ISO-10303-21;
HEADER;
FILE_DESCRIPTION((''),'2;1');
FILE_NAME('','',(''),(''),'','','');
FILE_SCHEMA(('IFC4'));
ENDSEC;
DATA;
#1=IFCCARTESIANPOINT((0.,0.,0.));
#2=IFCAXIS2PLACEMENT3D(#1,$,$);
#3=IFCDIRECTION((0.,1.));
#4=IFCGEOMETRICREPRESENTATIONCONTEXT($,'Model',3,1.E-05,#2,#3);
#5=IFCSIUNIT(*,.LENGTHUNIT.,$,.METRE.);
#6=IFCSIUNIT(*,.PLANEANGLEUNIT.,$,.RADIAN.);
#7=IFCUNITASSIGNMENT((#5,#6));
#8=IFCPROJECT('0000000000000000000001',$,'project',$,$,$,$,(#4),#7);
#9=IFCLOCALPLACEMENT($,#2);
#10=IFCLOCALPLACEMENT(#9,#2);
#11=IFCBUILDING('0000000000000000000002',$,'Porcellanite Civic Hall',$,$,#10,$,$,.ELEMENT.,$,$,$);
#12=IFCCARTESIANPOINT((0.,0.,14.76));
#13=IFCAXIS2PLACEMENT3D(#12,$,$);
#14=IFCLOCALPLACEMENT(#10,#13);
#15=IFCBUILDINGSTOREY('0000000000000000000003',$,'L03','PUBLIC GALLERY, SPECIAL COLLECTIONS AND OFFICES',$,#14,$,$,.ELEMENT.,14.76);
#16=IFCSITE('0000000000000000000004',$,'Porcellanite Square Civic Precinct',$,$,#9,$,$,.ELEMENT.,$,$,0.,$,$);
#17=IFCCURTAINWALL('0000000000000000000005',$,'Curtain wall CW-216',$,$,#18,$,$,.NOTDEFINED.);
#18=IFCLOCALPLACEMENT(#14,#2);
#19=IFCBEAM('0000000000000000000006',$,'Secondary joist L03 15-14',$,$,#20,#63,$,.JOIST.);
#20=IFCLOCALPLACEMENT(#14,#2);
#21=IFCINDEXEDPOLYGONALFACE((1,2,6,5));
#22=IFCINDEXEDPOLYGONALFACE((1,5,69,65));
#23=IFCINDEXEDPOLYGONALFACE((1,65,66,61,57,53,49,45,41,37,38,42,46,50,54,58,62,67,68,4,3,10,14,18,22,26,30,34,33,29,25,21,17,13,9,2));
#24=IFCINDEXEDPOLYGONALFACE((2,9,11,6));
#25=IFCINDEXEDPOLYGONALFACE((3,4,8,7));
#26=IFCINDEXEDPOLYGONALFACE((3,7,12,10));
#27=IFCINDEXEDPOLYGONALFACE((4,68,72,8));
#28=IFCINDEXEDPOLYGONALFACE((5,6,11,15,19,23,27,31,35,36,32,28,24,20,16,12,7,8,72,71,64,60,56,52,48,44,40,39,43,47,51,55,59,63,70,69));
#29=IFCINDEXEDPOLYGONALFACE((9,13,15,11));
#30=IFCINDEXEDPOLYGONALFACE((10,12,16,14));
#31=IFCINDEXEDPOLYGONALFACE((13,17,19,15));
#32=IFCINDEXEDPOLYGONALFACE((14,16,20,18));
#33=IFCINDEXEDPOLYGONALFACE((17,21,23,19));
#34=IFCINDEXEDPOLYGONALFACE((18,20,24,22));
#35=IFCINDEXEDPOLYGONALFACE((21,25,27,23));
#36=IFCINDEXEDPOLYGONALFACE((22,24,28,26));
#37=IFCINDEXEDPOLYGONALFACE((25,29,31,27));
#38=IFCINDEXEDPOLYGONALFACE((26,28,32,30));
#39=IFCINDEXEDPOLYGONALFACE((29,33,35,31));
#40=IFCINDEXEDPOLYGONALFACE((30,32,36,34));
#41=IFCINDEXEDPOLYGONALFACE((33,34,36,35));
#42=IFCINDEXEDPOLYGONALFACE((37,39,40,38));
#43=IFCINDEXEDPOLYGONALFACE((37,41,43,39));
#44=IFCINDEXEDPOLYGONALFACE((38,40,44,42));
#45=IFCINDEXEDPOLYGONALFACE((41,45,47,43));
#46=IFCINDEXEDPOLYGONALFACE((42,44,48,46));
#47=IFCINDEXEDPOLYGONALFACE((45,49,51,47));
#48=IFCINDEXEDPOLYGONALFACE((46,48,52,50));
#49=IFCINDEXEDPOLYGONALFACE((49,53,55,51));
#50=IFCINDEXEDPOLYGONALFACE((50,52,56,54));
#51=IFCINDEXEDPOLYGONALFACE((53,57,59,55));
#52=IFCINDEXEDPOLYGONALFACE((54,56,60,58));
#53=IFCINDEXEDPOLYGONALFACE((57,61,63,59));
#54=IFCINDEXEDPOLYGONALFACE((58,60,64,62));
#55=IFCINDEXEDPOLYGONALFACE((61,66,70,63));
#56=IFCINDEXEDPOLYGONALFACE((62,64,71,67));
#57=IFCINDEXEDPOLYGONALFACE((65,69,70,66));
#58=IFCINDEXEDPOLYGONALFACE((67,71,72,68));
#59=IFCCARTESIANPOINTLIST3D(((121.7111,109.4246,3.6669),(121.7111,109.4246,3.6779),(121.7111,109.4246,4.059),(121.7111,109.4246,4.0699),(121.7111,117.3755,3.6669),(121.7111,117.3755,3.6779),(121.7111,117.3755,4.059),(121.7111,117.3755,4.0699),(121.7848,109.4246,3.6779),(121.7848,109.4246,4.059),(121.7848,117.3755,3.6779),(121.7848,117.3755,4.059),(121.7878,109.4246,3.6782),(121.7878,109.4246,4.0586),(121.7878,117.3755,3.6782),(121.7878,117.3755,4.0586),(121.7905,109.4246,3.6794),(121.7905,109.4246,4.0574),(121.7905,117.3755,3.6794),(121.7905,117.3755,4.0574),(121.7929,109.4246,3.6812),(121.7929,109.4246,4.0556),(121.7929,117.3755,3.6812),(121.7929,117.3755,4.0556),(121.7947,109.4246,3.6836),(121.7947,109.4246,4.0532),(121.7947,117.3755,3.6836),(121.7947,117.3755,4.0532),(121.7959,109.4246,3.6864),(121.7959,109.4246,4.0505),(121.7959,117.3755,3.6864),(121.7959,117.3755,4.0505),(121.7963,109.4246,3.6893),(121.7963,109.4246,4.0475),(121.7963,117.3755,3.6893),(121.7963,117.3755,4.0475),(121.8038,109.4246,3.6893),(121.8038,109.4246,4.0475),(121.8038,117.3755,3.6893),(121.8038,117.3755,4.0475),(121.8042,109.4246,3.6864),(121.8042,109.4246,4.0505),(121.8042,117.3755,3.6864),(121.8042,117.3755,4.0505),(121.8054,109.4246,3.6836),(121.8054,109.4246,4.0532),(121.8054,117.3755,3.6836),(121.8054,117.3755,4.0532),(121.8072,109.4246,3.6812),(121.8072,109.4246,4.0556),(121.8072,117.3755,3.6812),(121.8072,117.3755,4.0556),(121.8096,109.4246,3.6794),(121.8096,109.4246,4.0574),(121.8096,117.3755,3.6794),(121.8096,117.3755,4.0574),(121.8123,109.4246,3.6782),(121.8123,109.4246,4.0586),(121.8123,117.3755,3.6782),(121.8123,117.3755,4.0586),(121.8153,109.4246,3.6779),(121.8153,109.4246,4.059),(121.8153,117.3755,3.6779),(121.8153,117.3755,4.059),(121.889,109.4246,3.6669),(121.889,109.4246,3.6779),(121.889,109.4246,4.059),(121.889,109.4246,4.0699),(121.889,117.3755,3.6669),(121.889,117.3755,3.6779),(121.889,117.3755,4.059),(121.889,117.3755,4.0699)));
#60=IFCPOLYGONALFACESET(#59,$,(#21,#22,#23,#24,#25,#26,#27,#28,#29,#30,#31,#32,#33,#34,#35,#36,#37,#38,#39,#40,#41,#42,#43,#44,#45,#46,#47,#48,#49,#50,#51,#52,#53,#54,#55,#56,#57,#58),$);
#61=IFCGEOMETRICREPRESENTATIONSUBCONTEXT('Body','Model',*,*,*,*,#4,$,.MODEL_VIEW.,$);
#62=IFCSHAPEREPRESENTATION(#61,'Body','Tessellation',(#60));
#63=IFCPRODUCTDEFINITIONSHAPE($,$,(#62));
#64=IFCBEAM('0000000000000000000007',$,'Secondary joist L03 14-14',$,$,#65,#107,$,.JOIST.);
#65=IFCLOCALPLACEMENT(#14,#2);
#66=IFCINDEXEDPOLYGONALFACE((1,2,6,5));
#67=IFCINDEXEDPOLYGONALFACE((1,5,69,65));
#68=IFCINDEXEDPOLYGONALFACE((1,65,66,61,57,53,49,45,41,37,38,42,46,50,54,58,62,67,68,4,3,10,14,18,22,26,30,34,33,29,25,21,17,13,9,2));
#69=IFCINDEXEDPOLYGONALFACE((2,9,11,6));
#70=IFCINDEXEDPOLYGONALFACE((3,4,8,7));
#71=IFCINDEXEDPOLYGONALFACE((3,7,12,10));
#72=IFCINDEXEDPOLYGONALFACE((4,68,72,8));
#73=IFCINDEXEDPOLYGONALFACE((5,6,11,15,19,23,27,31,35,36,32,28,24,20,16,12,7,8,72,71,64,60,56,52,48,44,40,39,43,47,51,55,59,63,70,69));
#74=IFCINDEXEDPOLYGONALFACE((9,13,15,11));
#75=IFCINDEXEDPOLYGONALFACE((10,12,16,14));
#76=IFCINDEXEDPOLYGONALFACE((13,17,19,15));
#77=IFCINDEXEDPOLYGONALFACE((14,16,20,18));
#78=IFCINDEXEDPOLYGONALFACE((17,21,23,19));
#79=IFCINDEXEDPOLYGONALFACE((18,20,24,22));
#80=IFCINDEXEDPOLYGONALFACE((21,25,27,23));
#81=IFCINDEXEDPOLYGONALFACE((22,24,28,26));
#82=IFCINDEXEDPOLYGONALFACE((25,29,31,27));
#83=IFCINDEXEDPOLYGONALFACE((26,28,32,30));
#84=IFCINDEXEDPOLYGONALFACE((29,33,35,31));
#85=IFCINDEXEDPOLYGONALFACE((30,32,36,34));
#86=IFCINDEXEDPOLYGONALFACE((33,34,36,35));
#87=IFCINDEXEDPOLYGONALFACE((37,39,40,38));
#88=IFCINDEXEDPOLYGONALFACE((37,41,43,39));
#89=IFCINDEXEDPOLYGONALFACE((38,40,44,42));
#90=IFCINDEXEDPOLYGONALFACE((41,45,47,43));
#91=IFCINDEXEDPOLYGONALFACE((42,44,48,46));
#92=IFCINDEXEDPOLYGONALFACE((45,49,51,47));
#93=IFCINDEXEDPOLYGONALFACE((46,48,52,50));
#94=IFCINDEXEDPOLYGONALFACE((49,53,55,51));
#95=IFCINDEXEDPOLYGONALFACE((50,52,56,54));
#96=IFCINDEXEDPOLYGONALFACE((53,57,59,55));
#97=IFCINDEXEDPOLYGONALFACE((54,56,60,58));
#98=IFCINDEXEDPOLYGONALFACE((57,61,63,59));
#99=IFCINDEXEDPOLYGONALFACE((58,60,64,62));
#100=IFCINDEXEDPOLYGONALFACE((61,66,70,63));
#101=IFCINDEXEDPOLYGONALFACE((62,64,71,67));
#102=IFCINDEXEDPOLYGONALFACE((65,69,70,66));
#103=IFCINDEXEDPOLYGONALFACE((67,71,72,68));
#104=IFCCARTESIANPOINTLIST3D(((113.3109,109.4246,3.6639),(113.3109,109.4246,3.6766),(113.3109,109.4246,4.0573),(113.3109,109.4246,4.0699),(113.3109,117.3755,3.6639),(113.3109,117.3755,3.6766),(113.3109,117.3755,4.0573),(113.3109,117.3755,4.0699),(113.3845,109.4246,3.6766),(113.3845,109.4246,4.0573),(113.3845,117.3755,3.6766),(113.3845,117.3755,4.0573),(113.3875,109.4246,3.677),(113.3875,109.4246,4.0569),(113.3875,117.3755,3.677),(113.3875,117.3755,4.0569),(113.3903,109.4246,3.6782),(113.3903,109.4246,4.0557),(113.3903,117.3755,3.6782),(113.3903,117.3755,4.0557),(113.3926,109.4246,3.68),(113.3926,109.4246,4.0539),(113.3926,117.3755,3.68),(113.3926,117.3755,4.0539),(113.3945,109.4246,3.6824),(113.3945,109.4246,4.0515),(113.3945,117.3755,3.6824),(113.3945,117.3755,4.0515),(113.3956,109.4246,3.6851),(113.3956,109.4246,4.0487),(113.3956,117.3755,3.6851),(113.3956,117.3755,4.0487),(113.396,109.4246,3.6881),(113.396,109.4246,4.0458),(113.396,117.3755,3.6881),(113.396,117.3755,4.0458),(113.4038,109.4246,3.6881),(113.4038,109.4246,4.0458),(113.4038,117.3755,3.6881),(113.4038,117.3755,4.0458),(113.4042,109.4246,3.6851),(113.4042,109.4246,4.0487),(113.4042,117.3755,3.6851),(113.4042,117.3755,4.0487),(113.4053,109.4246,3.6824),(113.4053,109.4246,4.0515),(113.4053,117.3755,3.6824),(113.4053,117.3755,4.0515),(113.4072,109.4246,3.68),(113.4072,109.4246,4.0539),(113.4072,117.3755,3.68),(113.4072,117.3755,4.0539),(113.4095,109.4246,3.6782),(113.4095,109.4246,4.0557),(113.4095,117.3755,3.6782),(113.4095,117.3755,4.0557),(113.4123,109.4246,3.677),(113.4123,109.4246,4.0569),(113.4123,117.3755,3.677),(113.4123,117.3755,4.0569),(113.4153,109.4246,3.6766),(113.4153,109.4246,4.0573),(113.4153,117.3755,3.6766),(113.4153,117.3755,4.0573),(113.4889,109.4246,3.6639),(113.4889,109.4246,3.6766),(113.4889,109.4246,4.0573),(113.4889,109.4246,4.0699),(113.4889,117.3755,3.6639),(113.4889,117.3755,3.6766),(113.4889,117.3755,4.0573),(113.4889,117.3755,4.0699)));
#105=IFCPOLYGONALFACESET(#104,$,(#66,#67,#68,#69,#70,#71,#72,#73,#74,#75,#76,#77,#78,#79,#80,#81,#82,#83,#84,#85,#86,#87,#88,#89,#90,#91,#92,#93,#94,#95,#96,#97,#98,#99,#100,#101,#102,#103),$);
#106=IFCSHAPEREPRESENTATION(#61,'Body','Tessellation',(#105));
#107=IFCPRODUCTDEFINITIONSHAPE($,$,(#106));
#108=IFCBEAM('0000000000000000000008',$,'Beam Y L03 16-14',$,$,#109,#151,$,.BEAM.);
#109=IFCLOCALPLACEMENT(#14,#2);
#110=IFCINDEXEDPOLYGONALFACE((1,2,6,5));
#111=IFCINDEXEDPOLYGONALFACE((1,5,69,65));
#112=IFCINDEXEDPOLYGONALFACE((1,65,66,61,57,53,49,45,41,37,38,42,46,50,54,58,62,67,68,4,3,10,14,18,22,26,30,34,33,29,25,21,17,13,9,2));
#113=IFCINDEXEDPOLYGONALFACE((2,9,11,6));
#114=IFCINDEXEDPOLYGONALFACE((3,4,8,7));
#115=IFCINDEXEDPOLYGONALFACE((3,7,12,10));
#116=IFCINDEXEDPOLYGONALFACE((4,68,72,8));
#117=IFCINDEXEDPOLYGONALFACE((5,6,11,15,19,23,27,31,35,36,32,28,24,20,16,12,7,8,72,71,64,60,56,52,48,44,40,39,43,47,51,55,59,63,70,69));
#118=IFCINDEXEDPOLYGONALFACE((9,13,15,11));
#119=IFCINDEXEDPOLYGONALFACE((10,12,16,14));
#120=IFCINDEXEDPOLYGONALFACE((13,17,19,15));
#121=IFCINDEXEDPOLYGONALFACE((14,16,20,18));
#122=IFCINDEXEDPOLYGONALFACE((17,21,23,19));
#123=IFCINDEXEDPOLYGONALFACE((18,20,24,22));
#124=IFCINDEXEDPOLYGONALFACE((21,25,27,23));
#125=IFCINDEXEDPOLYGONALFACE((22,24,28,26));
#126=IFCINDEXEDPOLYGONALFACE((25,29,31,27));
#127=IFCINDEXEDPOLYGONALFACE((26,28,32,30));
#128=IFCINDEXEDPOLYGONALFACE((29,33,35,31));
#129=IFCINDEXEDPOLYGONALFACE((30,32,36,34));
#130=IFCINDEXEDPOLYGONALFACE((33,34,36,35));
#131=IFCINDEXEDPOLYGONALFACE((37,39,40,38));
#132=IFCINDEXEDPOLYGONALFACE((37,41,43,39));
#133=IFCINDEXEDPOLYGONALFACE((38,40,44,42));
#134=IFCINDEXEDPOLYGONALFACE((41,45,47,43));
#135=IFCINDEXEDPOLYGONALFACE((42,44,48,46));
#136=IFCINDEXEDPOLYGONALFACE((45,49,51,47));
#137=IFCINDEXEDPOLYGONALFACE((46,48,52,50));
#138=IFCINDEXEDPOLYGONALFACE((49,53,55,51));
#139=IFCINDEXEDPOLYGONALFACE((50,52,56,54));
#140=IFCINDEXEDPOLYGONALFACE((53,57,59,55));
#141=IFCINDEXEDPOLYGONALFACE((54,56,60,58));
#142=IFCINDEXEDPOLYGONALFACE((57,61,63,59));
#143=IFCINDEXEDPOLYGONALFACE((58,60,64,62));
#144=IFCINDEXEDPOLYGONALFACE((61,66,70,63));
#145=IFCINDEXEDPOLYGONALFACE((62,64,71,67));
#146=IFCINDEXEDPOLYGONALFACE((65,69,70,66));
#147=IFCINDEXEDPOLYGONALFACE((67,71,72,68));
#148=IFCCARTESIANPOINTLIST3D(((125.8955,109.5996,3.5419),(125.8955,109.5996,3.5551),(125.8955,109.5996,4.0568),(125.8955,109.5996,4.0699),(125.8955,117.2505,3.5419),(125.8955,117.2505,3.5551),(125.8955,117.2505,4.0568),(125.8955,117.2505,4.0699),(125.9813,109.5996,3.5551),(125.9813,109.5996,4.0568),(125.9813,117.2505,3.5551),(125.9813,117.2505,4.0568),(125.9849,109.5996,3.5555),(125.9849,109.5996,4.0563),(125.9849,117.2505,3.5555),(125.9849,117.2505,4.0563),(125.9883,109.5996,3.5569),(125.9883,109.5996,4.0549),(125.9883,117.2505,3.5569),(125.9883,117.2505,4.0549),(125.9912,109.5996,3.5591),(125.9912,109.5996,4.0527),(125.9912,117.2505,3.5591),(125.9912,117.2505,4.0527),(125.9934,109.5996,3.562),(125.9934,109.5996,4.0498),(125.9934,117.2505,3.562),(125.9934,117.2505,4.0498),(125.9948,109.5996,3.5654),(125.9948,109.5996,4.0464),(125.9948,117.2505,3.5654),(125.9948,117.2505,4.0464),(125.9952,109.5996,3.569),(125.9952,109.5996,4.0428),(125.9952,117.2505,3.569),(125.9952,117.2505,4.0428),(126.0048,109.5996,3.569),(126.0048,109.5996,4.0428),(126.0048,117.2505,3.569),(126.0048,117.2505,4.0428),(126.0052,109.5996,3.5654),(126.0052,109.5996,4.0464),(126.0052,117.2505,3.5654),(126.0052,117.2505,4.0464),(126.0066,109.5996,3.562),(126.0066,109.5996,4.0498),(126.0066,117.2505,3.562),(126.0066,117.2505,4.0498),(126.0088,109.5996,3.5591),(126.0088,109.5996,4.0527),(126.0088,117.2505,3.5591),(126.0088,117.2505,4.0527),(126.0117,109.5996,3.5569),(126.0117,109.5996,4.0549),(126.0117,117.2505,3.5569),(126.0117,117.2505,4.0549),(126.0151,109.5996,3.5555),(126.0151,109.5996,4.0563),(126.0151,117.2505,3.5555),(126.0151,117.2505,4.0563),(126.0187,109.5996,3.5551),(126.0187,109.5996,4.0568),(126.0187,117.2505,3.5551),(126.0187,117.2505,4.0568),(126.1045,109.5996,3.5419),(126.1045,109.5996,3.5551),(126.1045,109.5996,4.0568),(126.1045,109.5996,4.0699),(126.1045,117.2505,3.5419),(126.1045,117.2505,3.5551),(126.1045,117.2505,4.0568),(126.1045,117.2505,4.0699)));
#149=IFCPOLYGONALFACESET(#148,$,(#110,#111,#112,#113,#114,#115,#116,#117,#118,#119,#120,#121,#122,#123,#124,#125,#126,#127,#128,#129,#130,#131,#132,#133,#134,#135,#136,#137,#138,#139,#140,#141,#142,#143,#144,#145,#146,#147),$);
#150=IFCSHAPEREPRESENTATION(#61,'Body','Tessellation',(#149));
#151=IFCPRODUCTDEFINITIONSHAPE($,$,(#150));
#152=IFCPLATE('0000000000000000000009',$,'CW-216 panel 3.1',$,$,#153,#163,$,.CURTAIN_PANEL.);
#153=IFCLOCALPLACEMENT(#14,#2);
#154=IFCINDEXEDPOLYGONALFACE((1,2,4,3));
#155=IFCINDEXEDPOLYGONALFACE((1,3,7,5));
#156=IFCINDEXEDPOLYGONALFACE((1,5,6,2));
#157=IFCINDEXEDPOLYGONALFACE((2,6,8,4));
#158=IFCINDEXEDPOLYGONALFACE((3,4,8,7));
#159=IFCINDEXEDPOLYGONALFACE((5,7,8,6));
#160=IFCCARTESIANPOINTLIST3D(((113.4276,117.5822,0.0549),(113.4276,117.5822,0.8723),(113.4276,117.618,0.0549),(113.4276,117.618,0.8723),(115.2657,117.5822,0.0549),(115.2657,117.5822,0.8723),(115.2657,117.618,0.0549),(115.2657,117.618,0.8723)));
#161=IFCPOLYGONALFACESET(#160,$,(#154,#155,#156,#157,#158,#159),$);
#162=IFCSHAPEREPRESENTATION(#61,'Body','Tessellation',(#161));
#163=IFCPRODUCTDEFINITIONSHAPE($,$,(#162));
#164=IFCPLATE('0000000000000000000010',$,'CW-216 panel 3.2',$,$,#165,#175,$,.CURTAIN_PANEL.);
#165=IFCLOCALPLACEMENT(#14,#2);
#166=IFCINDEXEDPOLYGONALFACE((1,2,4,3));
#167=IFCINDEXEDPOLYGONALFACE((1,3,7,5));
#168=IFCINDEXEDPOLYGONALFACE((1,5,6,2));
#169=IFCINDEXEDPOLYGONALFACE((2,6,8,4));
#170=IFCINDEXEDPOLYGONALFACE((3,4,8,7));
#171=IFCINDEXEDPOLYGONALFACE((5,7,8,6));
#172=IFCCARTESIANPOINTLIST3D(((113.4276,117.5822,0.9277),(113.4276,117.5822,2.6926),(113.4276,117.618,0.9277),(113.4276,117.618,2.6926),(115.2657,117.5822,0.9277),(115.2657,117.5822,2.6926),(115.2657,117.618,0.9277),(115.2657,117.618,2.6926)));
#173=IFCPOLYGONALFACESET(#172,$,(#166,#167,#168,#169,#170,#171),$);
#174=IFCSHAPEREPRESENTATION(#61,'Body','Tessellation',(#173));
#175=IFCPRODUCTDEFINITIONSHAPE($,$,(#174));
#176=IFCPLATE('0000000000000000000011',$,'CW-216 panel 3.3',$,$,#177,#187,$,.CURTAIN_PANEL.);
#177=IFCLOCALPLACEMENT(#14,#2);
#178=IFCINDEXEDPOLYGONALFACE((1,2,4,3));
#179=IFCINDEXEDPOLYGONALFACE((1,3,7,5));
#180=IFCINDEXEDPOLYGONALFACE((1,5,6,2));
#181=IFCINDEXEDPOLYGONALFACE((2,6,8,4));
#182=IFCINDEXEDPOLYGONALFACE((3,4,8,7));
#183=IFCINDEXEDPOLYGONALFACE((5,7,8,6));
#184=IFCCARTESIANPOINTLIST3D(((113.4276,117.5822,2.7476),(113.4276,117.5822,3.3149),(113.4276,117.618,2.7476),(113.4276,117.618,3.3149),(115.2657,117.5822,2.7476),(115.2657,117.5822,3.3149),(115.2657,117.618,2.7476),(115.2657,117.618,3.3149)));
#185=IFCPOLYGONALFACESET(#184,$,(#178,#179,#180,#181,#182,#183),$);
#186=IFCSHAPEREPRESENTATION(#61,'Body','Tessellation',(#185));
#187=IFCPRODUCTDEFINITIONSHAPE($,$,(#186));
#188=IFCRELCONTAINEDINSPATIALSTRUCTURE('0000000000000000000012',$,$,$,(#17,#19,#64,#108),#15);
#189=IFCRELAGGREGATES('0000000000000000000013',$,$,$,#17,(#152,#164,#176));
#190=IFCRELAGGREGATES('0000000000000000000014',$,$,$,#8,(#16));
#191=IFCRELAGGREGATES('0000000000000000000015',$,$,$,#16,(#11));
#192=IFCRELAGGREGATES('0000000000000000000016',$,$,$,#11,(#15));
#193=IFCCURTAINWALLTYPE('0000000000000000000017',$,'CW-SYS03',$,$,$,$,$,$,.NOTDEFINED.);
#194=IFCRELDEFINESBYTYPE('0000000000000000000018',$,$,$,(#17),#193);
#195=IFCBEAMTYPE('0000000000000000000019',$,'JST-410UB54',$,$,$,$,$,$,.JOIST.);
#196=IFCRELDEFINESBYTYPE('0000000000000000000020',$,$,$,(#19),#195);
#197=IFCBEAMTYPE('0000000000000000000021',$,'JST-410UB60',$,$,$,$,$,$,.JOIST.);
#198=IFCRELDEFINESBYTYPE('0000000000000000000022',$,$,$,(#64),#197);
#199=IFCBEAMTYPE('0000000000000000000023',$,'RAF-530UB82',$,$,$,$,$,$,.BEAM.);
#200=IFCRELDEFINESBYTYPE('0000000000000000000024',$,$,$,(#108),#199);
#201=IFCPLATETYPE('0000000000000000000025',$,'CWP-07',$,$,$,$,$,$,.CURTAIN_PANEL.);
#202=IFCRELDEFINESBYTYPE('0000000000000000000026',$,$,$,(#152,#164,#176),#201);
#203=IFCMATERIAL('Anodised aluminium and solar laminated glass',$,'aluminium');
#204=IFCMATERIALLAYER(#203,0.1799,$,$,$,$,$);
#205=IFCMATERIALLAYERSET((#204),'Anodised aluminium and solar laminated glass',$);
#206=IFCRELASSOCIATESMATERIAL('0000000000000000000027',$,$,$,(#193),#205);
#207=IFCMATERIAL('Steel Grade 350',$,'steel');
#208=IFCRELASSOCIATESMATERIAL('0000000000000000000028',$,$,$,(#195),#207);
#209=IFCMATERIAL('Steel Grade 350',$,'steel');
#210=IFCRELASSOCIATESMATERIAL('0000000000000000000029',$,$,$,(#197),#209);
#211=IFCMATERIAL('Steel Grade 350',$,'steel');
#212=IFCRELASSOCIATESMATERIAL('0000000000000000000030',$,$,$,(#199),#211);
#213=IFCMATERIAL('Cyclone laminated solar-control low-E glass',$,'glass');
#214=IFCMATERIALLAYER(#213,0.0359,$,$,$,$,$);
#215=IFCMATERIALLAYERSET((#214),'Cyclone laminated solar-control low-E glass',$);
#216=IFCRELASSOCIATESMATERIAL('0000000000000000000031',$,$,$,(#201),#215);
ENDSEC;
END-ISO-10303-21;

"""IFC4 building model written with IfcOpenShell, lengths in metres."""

from ifc_helpers import new_model, si_unit, direction, frame, origin, origin_2d, place, context, subcontext, project, spatial, rectangle, i_section, extrude, material, layer, layer_set, material_profile, profile_set, type_object, element, aggregate, save


model = new_model("IFC4")

# Units and contexts
model_context = context("Model", 3, precision=1e-05, world=origin(), true_north=direction((0.0, 1.0)))
body_context = subcontext(model_context, "Body", "Model", "MODEL_VIEW")
ifc_project = project(units=[si_unit("LENGTHUNIT", "METRE"), si_unit("PLANEANGLEUNIT", "RADIAN")], contexts=[model_context])

# Site, building, storey
site_placement = place(None, origin())
site = spatial("IfcSite", under=ifc_project, at=site_placement, Name="Porcellanite Square Civic Precinct", CompositionType="ELEMENT", RefElevation=0.0)
building_placement = place(site_placement, origin())
building = spatial("IfcBuilding", under=site, at=building_placement, Name="Porcellanite Civic Hall", CompositionType="ELEMENT")
storey_placement = place(building_placement, frame((0.0, 0.0, 14.76)))
storey = spatial("IfcBuildingStorey", under=building, at=storey_placement, Name="L03", Description="PUBLIC GALLERY, SPECIAL COLLECTIONS AND OFFICES", CompositionType="ELEMENT", Elevation=14.76)

# Curtain wall
ifc_material_1 = material(Name="Anodised aluminium and solar laminated glass", Category="aluminium")
ifc_layer_1 = layer(ifc_material_1, 0.1799)
ifc_layer_set_1 = layer_set([ifc_layer_1], Name="Anodised aluminium and solar laminated glass")
curtain_wall_type = type_object("IfcCurtainWallType", Name="CW-SYS03", PredefinedType="NOTDEFINED", material=ifc_layer_set_1)
curtain_wall_placement = place(storey_placement, origin())
curtain_wall = element("IfcCurtainWall", 1, at=curtain_wall_placement, inside=storey, type_object=curtain_wall_type, Name="Curtain wall CW-216", PredefinedType="NOTDEFINED")

# Beams
ifc_material_2 = material(Name="Steel Grade 350", Category="steel")
ifc_material_profile_1 = material_profile(ifc_material_2, i_section(OverallWidth=0.178, OverallDepth=0.4031, WebThickness=0.0076, FlangeThickness=0.011, FilletRadius=0.0115, at=origin_2d()), Name="410UB53.7")
ifc_profile_set_1 = profile_set([ifc_material_profile_1], Name="Steel Grade 350")
beam_type_1 = type_object("IfcBeamType", Name="JST-410UB54", PredefinedType="JOIST", material=ifc_profile_set_1)
beam_1_placement = place(storey_placement, frame((121.8, 109.4246, 3.8684), z_axis=(0.0, 1.0, 0.0), x_axis=(-1.0, 0.0, 0.0)))
element("IfcBeam", 2, at=beam_1_placement, inside=storey, type_object=beam_type_1, Name="Secondary joist L03 15-14", PredefinedType="JOIST", context=body_context, shape_type="SweptSolid", body=[
    extrude(i_section(OverallWidth=0.178, OverallDepth=0.4031, WebThickness=0.0076, FlangeThickness=0.011, FilletRadius=0.0115, at=origin_2d()), origin(), (0.0, 0.0, 1.0), 7.9509),
])
ifc_material_3 = material(Name="Steel Grade 350", Category="steel")
ifc_material_profile_2 = material_profile(ifc_material_3, i_section(OverallWidth=0.178, OverallDepth=0.406, WebThickness=0.0078, FlangeThickness=0.0127, FilletRadius=0.0115, at=origin_2d()), Name="410UB59.7")
ifc_profile_set_2 = profile_set([ifc_material_profile_2], Name="Steel Grade 350")
beam_type_2 = type_object("IfcBeamType", Name="JST-410UB60", PredefinedType="JOIST", material=ifc_profile_set_2)
beam_2_placement = place(storey_placement, frame((113.3999, 109.4246, 3.8669), z_axis=(0.0, 1.0, 0.0), x_axis=(-1.0, 0.0, 0.0)))
element("IfcBeam", 3, at=beam_2_placement, inside=storey, type_object=beam_type_2, Name="Secondary joist L03 14-14", PredefinedType="JOIST", context=body_context, shape_type="SweptSolid", body=[
    extrude(i_section(OverallWidth=0.178, OverallDepth=0.406, WebThickness=0.0078, FlangeThickness=0.0127, FilletRadius=0.0115, at=origin_2d()), origin(), (0.0, 0.0, 1.0), 7.9509),
])
ifc_material_4 = material(Name="Steel Grade 350", Category="steel")
ifc_material_profile_3 = material_profile(ifc_material_4, i_section(OverallWidth=0.209, OverallDepth=0.5281, WebThickness=0.0095, FlangeThickness=0.0132, FilletRadius=0.0139, at=origin_2d()), Name="530UB82.0")
ifc_profile_set_3 = profile_set([ifc_material_profile_3], Name="Steel Grade 350")
beam_type_3 = type_object("IfcBeamType", Name="RAF-530UB82", PredefinedType="BEAM", material=ifc_profile_set_3)
beam_3_placement = place(storey_placement, frame((126.0, 109.5996, 3.8059), z_axis=(0.0, 1.0, 0.0), x_axis=(-1.0, 0.0, 0.0)))
element("IfcBeam", 4, at=beam_3_placement, inside=storey, type_object=beam_type_3, Name="Beam Y L03 16-14", PredefinedType="BEAM", context=body_context, shape_type="SweptSolid", body=[
    extrude(i_section(OverallWidth=0.209, OverallDepth=0.5281, WebThickness=0.0095, FlangeThickness=0.0132, FilletRadius=0.0139, at=origin_2d()), origin(), (0.0, 0.0, 1.0), 7.6509),
])

# Plates
ifc_material_5 = material(Name="Cyclone laminated solar-control low-E glass", Category="glass")
ifc_layer_2 = layer(ifc_material_5, 0.0359)
ifc_layer_set_2 = layer_set([ifc_layer_2], Name="Cyclone laminated solar-control low-E glass")
plate_type = type_object("IfcPlateType", Name="CWP-07", PredefinedType="CURTAIN_PANEL", material=ifc_layer_set_2)
plate_1_placement = place(storey_placement, frame((114.3467, 117.6001, 0.0549), z_axis=(0.0, 0.0, 1.0), x_axis=(1.0, 0.0, 0.0)))
plate_1 = element("IfcPlate", 5, at=plate_1_placement, type_object=plate_type, Name="CW-216 panel 3.1", PredefinedType="CURTAIN_PANEL", context=body_context, shape_type="SweptSolid", body=[
    extrude(rectangle(XDim=1.8381, YDim=0.0359, at=origin_2d()), origin(), (0.0, 0.0, 1.0), 0.8174),
])
plate_2_placement = place(storey_placement, frame((114.3467, 117.6001, 0.9277), z_axis=(0.0, 0.0, 1.0), x_axis=(1.0, 0.0, 0.0)))
plate_2 = element("IfcPlate", 6, at=plate_2_placement, type_object=plate_type, Name="CW-216 panel 3.2", PredefinedType="CURTAIN_PANEL", context=body_context, shape_type="SweptSolid", body=[
    extrude(rectangle(XDim=1.8381, YDim=0.0359, at=origin_2d()), origin(), (0.0, 0.0, 1.0), 1.7649),
])
plate_3_placement = place(storey_placement, frame((114.3467, 117.6001, 2.7476), z_axis=(0.0, 0.0, 1.0), x_axis=(1.0, 0.0, 0.0)))
plate_3 = element("IfcPlate", 7, at=plate_3_placement, type_object=plate_type, Name="CW-216 panel 3.3", PredefinedType="CURTAIN_PANEL", context=body_context, shape_type="SweptSolid", body=[
    extrude(rectangle(XDim=1.8381, YDim=0.0359, at=origin_2d()), origin(), (0.0, 0.0, 1.0), 0.5674),
])
aggregate(curtain_wall, [plate_1, plate_2, plate_3])

save(model, "model.ifc")
